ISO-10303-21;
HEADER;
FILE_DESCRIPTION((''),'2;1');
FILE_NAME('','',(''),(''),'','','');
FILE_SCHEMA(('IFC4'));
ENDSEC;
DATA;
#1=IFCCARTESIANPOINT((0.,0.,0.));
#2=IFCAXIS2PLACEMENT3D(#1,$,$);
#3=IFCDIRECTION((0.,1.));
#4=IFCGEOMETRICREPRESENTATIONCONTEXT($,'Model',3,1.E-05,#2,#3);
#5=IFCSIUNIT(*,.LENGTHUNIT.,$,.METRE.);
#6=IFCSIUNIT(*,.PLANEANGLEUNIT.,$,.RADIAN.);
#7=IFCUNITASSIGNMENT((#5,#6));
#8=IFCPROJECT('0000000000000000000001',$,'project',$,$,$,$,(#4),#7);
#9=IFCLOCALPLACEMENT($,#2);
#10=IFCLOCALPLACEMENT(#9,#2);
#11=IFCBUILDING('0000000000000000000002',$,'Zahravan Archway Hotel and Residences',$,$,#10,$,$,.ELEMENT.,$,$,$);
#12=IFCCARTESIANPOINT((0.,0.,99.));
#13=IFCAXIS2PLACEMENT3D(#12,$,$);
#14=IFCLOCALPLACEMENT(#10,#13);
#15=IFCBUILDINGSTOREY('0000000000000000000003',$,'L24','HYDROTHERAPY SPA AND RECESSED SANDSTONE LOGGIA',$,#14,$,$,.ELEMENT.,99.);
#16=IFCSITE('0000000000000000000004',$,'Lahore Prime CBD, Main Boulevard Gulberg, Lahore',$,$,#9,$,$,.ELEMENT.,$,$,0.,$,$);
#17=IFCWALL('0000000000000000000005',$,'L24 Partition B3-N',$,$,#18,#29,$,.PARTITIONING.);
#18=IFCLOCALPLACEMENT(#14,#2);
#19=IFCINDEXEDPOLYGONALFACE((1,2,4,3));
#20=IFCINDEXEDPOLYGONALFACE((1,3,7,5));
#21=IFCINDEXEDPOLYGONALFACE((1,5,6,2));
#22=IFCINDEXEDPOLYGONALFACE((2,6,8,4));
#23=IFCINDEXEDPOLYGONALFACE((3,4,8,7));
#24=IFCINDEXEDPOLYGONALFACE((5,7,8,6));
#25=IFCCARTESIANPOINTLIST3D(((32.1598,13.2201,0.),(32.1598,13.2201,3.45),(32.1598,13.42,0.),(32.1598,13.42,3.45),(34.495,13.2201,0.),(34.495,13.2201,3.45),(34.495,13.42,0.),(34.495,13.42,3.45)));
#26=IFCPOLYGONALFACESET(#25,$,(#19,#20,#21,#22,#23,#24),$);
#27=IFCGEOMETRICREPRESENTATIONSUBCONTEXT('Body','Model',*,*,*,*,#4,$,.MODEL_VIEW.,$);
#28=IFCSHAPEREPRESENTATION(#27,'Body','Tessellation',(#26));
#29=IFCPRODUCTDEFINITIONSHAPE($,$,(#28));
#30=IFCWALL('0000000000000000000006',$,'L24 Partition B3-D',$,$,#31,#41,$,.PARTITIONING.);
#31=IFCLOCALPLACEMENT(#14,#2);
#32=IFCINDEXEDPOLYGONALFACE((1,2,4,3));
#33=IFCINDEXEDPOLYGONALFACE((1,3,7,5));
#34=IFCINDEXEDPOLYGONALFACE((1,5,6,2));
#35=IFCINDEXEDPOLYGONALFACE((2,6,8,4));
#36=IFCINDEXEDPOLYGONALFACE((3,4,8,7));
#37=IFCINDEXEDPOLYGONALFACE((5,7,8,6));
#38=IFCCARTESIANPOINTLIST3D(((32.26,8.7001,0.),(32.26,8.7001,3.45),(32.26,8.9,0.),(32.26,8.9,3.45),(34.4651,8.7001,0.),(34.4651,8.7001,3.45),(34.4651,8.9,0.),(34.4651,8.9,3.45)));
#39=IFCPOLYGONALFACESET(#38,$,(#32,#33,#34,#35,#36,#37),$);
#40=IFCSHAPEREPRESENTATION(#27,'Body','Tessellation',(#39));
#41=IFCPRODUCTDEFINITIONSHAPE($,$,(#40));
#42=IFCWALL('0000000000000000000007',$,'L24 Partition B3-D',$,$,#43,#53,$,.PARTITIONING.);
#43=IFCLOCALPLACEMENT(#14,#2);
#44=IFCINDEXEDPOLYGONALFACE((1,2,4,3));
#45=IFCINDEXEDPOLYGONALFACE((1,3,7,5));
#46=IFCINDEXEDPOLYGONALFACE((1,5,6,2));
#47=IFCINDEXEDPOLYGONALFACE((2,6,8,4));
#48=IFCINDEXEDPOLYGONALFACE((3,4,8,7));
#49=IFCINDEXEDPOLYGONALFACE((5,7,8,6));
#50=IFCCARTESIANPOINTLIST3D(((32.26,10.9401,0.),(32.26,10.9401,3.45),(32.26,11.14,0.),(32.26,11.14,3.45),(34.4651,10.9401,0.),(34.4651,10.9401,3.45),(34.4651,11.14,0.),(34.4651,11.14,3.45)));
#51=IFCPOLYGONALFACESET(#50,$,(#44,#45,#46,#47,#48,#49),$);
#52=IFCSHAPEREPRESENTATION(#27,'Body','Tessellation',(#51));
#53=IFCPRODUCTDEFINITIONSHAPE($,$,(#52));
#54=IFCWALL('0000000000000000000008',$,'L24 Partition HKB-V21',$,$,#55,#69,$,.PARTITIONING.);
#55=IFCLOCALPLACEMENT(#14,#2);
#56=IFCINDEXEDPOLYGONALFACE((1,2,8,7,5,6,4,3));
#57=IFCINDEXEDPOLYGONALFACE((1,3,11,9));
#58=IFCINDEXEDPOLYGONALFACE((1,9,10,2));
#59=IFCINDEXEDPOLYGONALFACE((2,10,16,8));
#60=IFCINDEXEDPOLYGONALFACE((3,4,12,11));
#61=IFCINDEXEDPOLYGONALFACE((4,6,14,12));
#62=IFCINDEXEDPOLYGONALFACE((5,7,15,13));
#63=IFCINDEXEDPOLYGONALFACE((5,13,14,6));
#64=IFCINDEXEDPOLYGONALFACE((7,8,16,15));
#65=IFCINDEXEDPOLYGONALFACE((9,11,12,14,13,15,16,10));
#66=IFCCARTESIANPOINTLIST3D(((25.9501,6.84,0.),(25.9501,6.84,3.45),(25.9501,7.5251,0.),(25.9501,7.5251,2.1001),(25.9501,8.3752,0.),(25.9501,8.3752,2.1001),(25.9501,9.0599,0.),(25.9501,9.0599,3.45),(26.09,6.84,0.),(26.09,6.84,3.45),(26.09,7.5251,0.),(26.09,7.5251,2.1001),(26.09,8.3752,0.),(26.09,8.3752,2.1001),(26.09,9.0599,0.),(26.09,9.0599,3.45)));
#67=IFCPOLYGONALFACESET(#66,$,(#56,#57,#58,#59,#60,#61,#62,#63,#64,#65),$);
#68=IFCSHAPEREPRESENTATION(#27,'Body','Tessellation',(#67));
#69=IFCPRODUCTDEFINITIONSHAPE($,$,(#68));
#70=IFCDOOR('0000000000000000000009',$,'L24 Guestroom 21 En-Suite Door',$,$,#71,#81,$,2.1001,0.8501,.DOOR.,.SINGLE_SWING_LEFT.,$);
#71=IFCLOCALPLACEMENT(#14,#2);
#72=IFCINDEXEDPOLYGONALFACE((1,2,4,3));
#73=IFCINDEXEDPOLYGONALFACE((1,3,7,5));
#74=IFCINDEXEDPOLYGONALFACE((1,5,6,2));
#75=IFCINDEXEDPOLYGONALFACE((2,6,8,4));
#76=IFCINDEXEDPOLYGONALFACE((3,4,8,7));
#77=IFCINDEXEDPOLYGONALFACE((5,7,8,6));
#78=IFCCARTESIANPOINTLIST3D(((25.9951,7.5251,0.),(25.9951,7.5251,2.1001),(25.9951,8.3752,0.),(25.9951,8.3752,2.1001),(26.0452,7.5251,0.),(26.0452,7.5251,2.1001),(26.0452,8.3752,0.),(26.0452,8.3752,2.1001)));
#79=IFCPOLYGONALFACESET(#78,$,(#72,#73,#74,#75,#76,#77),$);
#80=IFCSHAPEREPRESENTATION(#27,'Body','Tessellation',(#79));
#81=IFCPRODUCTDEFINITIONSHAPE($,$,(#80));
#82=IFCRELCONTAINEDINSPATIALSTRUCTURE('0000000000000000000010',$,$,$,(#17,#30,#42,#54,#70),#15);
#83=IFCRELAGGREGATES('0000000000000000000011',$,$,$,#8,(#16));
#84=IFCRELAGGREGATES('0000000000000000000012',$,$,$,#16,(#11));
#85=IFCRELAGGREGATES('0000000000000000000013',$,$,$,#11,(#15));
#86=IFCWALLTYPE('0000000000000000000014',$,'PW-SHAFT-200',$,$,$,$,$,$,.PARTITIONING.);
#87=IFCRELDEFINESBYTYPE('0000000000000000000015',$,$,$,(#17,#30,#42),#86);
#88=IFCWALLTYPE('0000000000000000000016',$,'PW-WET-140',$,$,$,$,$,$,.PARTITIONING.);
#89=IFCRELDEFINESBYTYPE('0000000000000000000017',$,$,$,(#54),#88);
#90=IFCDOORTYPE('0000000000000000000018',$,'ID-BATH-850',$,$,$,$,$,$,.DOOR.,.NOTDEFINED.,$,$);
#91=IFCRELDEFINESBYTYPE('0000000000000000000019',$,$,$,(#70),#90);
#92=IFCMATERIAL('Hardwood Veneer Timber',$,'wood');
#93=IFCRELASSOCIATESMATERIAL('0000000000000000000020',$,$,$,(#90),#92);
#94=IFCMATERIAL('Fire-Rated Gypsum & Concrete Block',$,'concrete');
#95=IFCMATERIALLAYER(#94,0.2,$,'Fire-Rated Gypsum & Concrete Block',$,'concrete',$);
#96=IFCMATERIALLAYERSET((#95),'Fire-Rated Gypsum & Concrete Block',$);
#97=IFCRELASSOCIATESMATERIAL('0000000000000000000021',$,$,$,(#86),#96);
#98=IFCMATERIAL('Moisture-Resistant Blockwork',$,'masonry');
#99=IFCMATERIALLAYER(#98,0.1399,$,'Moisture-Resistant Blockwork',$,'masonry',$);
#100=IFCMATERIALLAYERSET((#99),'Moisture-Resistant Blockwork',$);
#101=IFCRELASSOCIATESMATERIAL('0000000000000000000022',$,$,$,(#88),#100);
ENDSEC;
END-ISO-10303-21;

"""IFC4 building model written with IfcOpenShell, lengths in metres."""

from ifc_helpers import new_model, si_unit, direction, frame, frame_2d, origin, place, context, subcontext, project, spatial, rectangle, extrude, source, transform, mapped, material, layer, layer_set, type_object, type_shapes, element, fill, save


model = new_model("IFC4")

# Units and contexts
model_context = context("Model", 3, precision=1e-05, world=origin(), true_north=direction((0.0, 1.0)))
body_context = subcontext(model_context, "Body", "Model", "MODEL_VIEW")
ifc_project = project(units=[si_unit("LENGTHUNIT", "METRE"), si_unit("PLANEANGLEUNIT", "RADIAN")], contexts=[model_context])

# Site, building, storey
site_placement = place(None, origin())
site = spatial("IfcSite", under=ifc_project, at=site_placement, Name="Lahore Prime CBD, Main Boulevard Gulberg, Lahore", CompositionType="ELEMENT", RefElevation=0.0)
building_placement = place(site_placement, origin())
building = spatial("IfcBuilding", under=site, at=building_placement, Name="Zahravan Archway Hotel and Residences", CompositionType="ELEMENT")
storey_placement = place(building_placement, frame((0.0, 0.0, 99.0)))
storey = spatial("IfcBuildingStorey", under=building, at=storey_placement, Name="L24", Description="HYDROTHERAPY SPA AND RECESSED SANDSTONE LOGGIA", CompositionType="ELEMENT", Elevation=99.0)

# Shared definitions
ifc_material_1 = material(Name="Fire-Rated Gypsum & Concrete Block", Category="concrete")

# Shared definitions
ifc_material_2 = material(Name="Hardwood Veneer Timber", Category="wood")
door_type_1 = type_object("IfcDoorType", Name="ID-BATH-850", OperationType="NOTDEFINED", PredefinedType="DOOR", material=ifc_material_2)
shared_shape_1 = source(origin(), body_context, "Body", "SweptSolid", [
    extrude(rectangle(XDim=0.8501, YDim=2.1001, at=frame_2d((0.425, 1.05))), frame((0.0, 0.0249, 0.0), z_axis=(0.0, -1.0, 0.0), x_axis=(1.0, 0.0, 0.0)), (0.0, 0.0, 1.0), 0.05),
])
type_shapes(door_type_1, [shared_shape_1])

# Walls
ifc_layer_1 = layer(ifc_material_1, 0.2, Name="Fire-Rated Gypsum & Concrete Block", Category="concrete")
ifc_layer_set_1 = layer_set([ifc_layer_1], Name="Fire-Rated Gypsum & Concrete Block")
wall_type_1 = type_object("IfcWallType", Name="PW-SHAFT-200", PredefinedType="PARTITIONING", material=ifc_layer_set_1)
wall_1_placement = place(storey_placement, frame((32.1599, 13.3201, 0.0), z_axis=(0.0, 0.0, 1.0), x_axis=(1.0, 0.0, 0.0)))
element("IfcWall", 1, at=wall_1_placement, inside=storey, type_object=wall_type_1, Name="L24 Partition B3-N", PredefinedType="PARTITIONING", context=body_context, shape_type="SweptSolid", body=[
    extrude(rectangle(XDim=2.3352, YDim=0.2, at=frame_2d((1.1675, 0.0))), origin(), (0.0, 0.0, 1.0), 3.45),
])
for number, where, z_axis, x_axis, name in (
    (2, (32.26, 8.8, 0.0), (0.0, 0.0, 1.0), (1.0, 0.0, 0.0), "L24 Partition B3-D"),
    (3, (32.26, 11.04, 0.0), (0.0, 0.0, 1.0), (1.0, 0.0, 0.0), "L24 Partition B3-D"),
):
    element("IfcWall", number, at=place(storey_placement, frame(where, z_axis=z_axis, x_axis=x_axis)), inside=storey, type_object=wall_type_1, Name=name, PredefinedType="PARTITIONING", context=body_context, shape_type="SweptSolid", body=[
        extrude(rectangle(XDim=2.2051, YDim=0.2, at=frame_2d((1.1025, 0.0))), origin(), (0.0, 0.0, 1.0), 3.45),
    ])

# Wall, opening, door
ifc_material_3 = material(Name="Moisture-Resistant Blockwork", Category="masonry")
ifc_layer_2 = layer(ifc_material_3, 0.1399, Name="Moisture-Resistant Blockwork", Category="masonry")
ifc_layer_set_2 = layer_set([ifc_layer_2], Name="Moisture-Resistant Blockwork")
wall_type_2 = type_object("IfcWallType", Name="PW-WET-140", PredefinedType="PARTITIONING", material=ifc_layer_set_2)
wall_2_placement = place(storey_placement, frame((26.02, 6.8401, 0.0), z_axis=(0.0, 0.0, 1.0), x_axis=(0.0, 1.0, 0.0)))
wall_2 = element("IfcWall", 4, at=wall_2_placement, inside=storey, type_object=wall_type_2, Name="L24 Partition HKB-V21", PredefinedType="PARTITIONING", context=body_context, shape_type="SweptSolid", body=[
    extrude(rectangle(XDim=2.22, YDim=0.1399, at=frame_2d((1.1099, 0.0))), origin(), (0.0, 0.0, 1.0), 3.45),
])
opening_1_placement = place(wall_2_placement, frame((0.6851, 0.0, 0.0)))
opening_1 = element("IfcOpeningElement", 5, at=opening_1_placement, cuts=wall_2, PredefinedType="OPENING", context=body_context, shape_type="SweptSolid", body=[
    extrude(rectangle(XDim=0.8501, YDim=2.1001, at=frame_2d((0.425, 1.05))), frame((0.0, 0.0801, 0.0), z_axis=(0.0, -1.0, 0.0), x_axis=(1.0, 0.0, 0.0)), (0.0, 0.0, 1.0), 0.1599),
])
door_1_placement = place(opening_1_placement, origin())
door_1 = element("IfcDoor", 6, at=door_1_placement, inside=storey, type_object=door_type_1, Name="L24 Guestroom 21 En-Suite Door", OperationType="SINGLE_SWING_LEFT", OverallHeight=2.1001, OverallWidth=0.8501, PredefinedType="DOOR", context=body_context, shape_type="MappedRepresentation", body=[
    mapped(shared_shape_1, transform((0.0, 0.0, 0.0), scale=1.0)),
])
fill(opening_1, door_1)

save(model, "model.ifc")
